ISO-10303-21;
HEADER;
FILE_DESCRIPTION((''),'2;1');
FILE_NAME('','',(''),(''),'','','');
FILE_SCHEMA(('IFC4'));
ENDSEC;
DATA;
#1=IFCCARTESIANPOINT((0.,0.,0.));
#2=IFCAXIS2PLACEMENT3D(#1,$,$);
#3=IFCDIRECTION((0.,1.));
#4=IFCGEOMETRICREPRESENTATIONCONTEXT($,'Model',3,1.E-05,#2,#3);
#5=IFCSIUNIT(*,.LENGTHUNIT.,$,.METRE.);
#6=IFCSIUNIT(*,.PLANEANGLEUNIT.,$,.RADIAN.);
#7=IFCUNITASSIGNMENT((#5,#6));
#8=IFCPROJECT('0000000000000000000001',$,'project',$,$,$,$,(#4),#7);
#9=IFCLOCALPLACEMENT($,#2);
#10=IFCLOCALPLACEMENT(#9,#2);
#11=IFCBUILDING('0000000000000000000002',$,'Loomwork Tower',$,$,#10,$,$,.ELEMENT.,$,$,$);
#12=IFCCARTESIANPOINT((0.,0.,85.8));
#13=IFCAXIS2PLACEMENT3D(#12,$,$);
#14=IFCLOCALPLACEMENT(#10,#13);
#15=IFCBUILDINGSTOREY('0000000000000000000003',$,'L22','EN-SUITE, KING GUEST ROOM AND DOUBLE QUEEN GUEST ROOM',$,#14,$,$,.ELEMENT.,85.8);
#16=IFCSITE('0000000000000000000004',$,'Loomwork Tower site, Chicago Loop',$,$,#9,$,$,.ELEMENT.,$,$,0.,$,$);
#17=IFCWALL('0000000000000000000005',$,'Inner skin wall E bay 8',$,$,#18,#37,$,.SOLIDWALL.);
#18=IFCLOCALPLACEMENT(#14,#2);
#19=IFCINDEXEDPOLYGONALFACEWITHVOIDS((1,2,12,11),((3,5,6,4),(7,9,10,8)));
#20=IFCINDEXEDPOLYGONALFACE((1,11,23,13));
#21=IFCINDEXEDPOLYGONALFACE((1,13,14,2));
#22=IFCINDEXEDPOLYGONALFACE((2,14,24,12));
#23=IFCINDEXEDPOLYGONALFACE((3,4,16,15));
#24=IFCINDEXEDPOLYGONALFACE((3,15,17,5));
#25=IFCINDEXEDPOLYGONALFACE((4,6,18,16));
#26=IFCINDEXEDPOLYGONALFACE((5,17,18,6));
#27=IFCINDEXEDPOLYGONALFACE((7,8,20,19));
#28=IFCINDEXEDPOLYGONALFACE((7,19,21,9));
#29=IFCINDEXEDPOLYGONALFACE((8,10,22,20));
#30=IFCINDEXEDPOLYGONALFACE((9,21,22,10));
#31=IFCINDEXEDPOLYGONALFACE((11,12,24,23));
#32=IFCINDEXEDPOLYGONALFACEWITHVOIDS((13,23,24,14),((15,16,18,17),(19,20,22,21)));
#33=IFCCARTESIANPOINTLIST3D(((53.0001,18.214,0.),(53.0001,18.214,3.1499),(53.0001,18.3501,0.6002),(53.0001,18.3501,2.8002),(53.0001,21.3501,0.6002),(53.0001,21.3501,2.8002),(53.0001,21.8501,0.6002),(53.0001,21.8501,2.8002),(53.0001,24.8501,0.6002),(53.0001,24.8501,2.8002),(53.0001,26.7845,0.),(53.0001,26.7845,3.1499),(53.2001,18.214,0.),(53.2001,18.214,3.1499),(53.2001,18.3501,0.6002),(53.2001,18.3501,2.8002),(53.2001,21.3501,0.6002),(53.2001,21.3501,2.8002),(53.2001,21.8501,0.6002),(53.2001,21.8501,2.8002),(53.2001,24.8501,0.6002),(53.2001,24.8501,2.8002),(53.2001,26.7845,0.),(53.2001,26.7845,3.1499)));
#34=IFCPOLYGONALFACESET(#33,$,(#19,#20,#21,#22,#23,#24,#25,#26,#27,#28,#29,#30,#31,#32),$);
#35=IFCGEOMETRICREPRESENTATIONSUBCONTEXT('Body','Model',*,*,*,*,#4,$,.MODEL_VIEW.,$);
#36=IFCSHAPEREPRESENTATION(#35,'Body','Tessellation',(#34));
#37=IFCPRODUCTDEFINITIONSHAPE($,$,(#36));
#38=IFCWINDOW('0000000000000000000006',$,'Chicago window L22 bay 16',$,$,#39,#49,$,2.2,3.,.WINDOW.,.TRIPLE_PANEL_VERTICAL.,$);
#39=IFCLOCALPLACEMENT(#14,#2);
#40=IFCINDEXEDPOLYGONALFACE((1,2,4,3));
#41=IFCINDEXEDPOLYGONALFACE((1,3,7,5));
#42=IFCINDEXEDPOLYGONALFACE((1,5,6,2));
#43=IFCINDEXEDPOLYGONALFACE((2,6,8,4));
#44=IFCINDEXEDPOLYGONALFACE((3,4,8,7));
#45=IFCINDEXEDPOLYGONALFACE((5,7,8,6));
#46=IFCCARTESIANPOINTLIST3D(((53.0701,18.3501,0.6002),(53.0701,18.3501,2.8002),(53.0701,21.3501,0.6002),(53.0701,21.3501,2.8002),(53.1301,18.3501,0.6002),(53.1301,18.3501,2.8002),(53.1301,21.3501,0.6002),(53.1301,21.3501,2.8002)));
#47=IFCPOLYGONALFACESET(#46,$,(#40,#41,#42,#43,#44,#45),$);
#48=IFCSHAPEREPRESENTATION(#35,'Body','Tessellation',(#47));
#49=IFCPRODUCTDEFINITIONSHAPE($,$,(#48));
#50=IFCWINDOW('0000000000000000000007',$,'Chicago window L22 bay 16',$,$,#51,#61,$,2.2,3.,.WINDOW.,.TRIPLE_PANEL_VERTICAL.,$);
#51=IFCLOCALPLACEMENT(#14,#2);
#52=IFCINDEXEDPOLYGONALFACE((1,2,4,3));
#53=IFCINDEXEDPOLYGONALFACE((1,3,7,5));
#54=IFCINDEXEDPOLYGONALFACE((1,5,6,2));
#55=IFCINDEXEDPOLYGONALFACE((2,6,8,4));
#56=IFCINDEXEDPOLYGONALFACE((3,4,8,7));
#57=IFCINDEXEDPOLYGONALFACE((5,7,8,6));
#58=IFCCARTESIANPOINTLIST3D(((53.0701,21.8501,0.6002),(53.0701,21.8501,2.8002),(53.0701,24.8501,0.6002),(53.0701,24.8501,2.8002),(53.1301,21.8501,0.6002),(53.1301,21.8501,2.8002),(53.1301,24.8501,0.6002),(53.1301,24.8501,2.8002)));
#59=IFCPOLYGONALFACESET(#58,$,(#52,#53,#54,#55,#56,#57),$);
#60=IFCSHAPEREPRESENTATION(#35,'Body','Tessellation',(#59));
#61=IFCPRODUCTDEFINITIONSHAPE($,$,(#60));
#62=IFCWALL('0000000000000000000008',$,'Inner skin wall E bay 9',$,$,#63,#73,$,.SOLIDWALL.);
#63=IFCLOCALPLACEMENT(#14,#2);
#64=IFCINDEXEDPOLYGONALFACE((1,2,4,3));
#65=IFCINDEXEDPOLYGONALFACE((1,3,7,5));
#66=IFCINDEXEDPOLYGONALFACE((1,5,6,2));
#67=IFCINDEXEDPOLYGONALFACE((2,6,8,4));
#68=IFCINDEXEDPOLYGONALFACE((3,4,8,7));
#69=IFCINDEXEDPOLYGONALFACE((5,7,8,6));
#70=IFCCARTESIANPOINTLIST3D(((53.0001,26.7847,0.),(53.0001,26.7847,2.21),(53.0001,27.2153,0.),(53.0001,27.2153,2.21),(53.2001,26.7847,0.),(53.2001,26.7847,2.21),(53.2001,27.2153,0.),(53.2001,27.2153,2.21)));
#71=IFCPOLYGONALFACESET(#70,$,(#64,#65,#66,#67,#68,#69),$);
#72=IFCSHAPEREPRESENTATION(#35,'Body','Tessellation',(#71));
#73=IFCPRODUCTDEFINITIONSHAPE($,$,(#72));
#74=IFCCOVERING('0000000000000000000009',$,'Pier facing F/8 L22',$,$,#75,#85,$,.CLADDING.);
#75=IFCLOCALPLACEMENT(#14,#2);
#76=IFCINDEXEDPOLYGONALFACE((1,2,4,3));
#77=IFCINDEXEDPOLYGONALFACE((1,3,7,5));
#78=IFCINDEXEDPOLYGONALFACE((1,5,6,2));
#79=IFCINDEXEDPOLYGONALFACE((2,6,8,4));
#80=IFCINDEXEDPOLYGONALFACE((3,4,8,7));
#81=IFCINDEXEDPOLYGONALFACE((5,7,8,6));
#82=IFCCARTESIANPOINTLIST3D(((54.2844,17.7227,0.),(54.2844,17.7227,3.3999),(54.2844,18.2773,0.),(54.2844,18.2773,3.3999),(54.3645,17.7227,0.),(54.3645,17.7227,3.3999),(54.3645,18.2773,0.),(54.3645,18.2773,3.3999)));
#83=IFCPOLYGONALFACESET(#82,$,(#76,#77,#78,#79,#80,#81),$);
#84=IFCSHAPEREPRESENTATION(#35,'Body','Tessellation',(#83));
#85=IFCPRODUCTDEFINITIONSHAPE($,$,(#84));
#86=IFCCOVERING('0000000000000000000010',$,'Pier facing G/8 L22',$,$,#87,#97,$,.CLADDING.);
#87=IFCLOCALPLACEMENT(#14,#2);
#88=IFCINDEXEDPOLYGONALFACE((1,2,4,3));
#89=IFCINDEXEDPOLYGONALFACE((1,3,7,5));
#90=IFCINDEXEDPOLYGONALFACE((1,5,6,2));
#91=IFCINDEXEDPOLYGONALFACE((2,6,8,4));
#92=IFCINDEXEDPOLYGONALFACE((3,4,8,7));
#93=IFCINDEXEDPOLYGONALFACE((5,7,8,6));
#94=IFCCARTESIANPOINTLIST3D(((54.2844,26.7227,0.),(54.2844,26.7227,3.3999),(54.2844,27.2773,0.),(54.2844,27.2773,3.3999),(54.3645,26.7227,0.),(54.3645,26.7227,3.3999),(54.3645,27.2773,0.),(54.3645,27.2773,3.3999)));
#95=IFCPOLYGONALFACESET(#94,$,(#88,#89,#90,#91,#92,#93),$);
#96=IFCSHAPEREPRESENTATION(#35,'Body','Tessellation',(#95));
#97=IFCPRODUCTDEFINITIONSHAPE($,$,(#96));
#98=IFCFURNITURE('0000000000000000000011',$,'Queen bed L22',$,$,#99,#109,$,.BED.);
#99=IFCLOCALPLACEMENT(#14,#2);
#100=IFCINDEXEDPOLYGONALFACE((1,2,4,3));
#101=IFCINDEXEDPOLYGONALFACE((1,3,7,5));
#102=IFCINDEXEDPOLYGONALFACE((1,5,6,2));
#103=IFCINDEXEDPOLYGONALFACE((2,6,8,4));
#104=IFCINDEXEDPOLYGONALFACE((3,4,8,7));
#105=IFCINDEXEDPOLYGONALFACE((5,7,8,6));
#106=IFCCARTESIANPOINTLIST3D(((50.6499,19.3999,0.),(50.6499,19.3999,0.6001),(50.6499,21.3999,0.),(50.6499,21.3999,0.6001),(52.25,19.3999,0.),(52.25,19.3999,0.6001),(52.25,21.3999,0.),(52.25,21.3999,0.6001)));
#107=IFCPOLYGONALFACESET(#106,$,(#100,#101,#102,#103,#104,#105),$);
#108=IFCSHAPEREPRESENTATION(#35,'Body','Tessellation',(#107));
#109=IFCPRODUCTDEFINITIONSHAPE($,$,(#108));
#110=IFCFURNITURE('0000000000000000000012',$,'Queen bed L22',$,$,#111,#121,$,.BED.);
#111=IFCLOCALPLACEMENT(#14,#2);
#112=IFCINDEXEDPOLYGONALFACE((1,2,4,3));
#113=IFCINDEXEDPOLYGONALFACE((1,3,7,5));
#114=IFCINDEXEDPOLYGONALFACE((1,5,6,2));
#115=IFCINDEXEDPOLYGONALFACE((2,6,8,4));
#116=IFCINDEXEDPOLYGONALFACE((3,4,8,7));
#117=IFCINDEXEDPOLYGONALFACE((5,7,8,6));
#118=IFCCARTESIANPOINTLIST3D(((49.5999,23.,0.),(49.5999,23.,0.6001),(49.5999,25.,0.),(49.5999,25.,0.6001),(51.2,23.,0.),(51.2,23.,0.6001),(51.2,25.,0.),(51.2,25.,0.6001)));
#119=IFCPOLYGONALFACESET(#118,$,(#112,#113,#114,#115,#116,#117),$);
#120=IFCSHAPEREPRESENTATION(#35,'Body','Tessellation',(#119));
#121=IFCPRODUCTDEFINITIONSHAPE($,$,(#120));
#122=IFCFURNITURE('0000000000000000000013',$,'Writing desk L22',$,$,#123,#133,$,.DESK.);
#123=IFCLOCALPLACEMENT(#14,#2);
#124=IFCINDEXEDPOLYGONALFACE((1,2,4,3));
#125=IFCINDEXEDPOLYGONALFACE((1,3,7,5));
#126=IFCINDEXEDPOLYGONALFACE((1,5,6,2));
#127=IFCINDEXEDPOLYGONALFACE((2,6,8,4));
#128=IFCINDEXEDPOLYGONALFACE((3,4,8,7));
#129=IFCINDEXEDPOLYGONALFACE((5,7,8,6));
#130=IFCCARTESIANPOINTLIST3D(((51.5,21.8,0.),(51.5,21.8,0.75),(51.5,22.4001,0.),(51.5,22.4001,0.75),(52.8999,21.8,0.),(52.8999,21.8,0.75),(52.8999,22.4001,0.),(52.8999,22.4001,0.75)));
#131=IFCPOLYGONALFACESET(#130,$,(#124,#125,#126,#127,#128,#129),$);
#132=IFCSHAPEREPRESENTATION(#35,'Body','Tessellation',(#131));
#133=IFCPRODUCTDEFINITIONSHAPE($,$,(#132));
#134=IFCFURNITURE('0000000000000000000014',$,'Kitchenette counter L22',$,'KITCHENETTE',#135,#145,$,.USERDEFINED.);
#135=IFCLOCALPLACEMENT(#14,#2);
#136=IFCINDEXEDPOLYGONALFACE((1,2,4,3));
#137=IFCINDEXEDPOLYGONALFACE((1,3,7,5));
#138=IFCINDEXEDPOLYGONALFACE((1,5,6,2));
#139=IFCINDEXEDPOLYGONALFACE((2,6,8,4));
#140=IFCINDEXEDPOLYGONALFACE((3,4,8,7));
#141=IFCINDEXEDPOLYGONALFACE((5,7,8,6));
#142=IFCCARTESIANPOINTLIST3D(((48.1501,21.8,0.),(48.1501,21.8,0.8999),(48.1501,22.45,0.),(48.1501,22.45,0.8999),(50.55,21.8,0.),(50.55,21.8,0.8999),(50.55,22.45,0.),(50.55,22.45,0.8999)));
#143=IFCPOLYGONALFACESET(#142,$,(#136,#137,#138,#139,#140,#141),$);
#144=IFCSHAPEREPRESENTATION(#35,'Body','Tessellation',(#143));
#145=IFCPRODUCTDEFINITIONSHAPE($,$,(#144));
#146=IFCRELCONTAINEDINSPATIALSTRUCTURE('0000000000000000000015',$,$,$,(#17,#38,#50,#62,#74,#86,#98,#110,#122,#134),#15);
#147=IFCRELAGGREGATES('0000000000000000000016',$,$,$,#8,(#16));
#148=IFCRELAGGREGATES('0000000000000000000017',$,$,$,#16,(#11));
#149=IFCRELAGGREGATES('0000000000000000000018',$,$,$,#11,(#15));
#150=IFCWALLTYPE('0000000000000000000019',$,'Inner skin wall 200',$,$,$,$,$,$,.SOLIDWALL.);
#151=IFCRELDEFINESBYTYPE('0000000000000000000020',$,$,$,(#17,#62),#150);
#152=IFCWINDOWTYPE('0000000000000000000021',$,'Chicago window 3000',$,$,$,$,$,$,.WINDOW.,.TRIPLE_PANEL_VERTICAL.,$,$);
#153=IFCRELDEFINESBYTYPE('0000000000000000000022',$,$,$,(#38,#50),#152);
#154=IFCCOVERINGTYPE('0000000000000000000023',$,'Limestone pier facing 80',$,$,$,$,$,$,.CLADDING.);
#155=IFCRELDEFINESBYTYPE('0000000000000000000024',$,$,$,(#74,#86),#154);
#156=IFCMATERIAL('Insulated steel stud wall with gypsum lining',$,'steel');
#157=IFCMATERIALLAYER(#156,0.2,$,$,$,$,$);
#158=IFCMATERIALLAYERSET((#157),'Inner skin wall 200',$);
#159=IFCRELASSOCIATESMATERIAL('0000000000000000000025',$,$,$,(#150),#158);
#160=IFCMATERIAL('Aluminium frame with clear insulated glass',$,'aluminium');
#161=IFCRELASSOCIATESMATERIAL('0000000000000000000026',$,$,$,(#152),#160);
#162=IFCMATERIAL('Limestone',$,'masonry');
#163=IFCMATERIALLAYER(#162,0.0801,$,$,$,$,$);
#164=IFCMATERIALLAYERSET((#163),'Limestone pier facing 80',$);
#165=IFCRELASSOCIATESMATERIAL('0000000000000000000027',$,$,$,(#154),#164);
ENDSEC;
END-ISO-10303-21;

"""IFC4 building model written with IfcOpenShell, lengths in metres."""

from ifc_helpers import new_model, si_unit, direction, frame, frame_2d, origin, origin_2d, place, context, subcontext, project, spatial, rectangle, extrude, material, layer, layer_set, type_object, element, fill, save


model = new_model("IFC4")

# Units and contexts
model_context = context("Model", 3, precision=1e-05, world=origin(), true_north=direction((0.0, 1.0)))
body_context = subcontext(model_context, "Body", "Model", "MODEL_VIEW")
ifc_project = project(units=[si_unit("LENGTHUNIT", "METRE"), si_unit("PLANEANGLEUNIT", "RADIAN")], contexts=[model_context])

# Site, building, storey
site_placement = place(None, origin())
site = spatial("IfcSite", under=ifc_project, at=site_placement, Name="Loomwork Tower site, Chicago Loop", CompositionType="ELEMENT", RefElevation=0.0)
building_placement = place(site_placement, origin())
building = spatial("IfcBuilding", under=site, at=building_placement, Name="Loomwork Tower", CompositionType="ELEMENT")
storey_placement = place(building_placement, frame((0.0, 0.0, 85.8)))
storey = spatial("IfcBuildingStorey", under=building, at=storey_placement, Name="L22", Description="EN-SUITE, KING GUEST ROOM AND DOUBLE QUEEN GUEST ROOM", CompositionType="ELEMENT", Elevation=85.8)

# Wall, openings, windows
ifc_material_1 = material(Name="Insulated steel stud wall with gypsum lining", Category="steel")
ifc_layer_1 = layer(ifc_material_1, 0.2)
ifc_layer_set_1 = layer_set([ifc_layer_1], Name="Inner skin wall 200")
wall_type = type_object("IfcWallType", Name="Inner skin wall 200", PredefinedType="SOLIDWALL", material=ifc_layer_set_1)
wall_1_placement = place(storey_placement, frame((53.1001, 18.2141, 0.0), z_axis=(0.0, 0.0, 1.0), x_axis=(0.0, 1.0, 0.0)))
wall_1 = element("IfcWall", 1, at=wall_1_placement, inside=storey, type_object=wall_type, Name="Inner skin wall E bay 8", PredefinedType="SOLIDWALL", context=body_context, shape_type="SweptSolid", body=[
    extrude(rectangle(XDim=8.5706, YDim=0.2, at=frame_2d((4.2852, 0.0))), origin(), (0.0, 0.0, 1.0), 3.1499),
])
opening_1_placement = place(wall_1_placement, frame((0.136, 0.0, 0.6001)))
opening_1 = element("IfcOpeningElement", 2, at=opening_1_placement, cuts=wall_1, PredefinedType="OPENING", context=body_context, shape_type="SweptSolid", body=[
    extrude(rectangle(XDim=3.0, YDim=2.2, at=frame_2d((1.5, 1.1001))), frame((0.0, 0.1099, 0.0), z_axis=(0.0, -1.0, 0.0), x_axis=(1.0, 0.0, 0.0)), (0.0, 0.0, 1.0), 0.22),
])
opening_2_placement = place(wall_1_placement, frame((3.636, 0.0, 0.6001)))
opening_2 = element("IfcOpeningElement", 3, at=opening_2_placement, cuts=wall_1, PredefinedType="OPENING", context=body_context, shape_type="SweptSolid", body=[
    extrude(rectangle(XDim=3.0, YDim=2.2, at=frame_2d((1.5, 1.1001))), frame((0.0, 0.1099, 0.0), z_axis=(0.0, -1.0, 0.0), x_axis=(1.0, 0.0, 0.0)), (0.0, 0.0, 1.0), 0.22),
])
ifc_material_2 = material(Name="Aluminium frame with clear insulated glass", Category="aluminium")
window_type = type_object("IfcWindowType", Name="Chicago window 3000", PartitioningType="TRIPLE_PANEL_VERTICAL", PredefinedType="WINDOW", material=ifc_material_2)
window_1_placement = place(opening_1_placement, origin())
window_1 = element("IfcWindow", 4, at=window_1_placement, inside=storey, type_object=window_type, Name="Chicago window L22 bay 16", OverallHeight=2.2, OverallWidth=3.0, PartitioningType="TRIPLE_PANEL_VERTICAL", PredefinedType="WINDOW", context=body_context, shape_type="SweptSolid", body=[
    extrude(rectangle(XDim=3.0, YDim=2.2, at=frame_2d((1.5, 1.1001))), frame((0.0, 0.03, 0.0), z_axis=(0.0, -1.0, 0.0), x_axis=(1.0, 0.0, 0.0)), (0.0, 0.0, 1.0), 0.0601),
])
fill(opening_1, window_1)
window_2_placement = place(opening_2_placement, origin())
window_2 = element("IfcWindow", 5, at=window_2_placement, inside=storey, type_object=window_type, Name="Chicago window L22 bay 16", OverallHeight=2.2, OverallWidth=3.0, PartitioningType="TRIPLE_PANEL_VERTICAL", PredefinedType="WINDOW", context=body_context, shape_type="SweptSolid", body=[
    extrude(rectangle(XDim=3.0, YDim=2.2, at=frame_2d((1.5, 1.1001))), frame((0.0, 0.03, 0.0), z_axis=(0.0, -1.0, 0.0), x_axis=(1.0, 0.0, 0.0)), (0.0, 0.0, 1.0), 0.0601),
])
fill(opening_2, window_2)

# Wall
wall_2_placement = place(storey_placement, frame((53.1001, 26.7847, 0.0), z_axis=(0.0, 0.0, 1.0), x_axis=(0.0, 1.0, 0.0)))
element("IfcWall", 6, at=wall_2_placement, inside=storey, type_object=wall_type, Name="Inner skin wall E bay 9", PredefinedType="SOLIDWALL", context=body_context, shape_type="SweptSolid", body=[
    extrude(rectangle(XDim=0.4307, YDim=0.2, at=frame_2d((0.2153, 0.0))), origin(), (0.0, 0.0, 1.0), 2.21),
])

# Coverings
ifc_material_3 = material(Name="Limestone", Category="masonry")
ifc_layer_2 = layer(ifc_material_3, 0.0801)
ifc_layer_set_2 = layer_set([ifc_layer_2], Name="Limestone pier facing 80")
covering_type = type_object("IfcCoveringType", Name="Limestone pier facing 80", PredefinedType="CLADDING", material=ifc_layer_set_2)
for number, where, z_axis, x_axis, name in (
    (7, (54.3245, 18.0, 0.0), (0.0, 0.0, 1.0), (1.0, 0.0, 0.0), "Pier facing F/8 L22"),
    (8, (54.3245, 27.0, 0.0), (0.0, 0.0, 1.0), (1.0, 0.0, 0.0), "Pier facing G/8 L22"),
):
    element("IfcCovering", number, at=place(storey_placement, frame(where, z_axis=z_axis, x_axis=x_axis)), inside=storey, type_object=covering_type, Name=name, PredefinedType="CLADDING", context=body_context, shape_type="SweptSolid", body=[
        extrude(rectangle(XDim=0.0801, YDim=0.5547, at=origin_2d()), origin(), (0.0, 0.0, 1.0), 3.3999),
    ])

# Furniture
for number, where, z_axis, x_axis, name in (
    (9, (51.45, 20.3999, 0.0), (0.0, 0.0, 1.0), (1.0, 0.0, 0.0), "Queen bed L22"),
    (10, (50.3999, 24.0, 0.0), (0.0, 0.0, 1.0), (1.0, 0.0, 0.0), "Queen bed L22"),
):
    element("IfcFurniture", number, at=place(storey_placement, frame(where, z_axis=z_axis, x_axis=x_axis)), inside=storey, Name=name, PredefinedType="BED", context=body_context, shape_type="SweptSolid", body=[
        extrude(rectangle(XDim=1.6001, YDim=2.0, at=origin_2d()), origin(), (0.0, 0.0, 1.0), 0.6001),
    ])
furniture_1_placement = place(storey_placement, frame((52.2, 22.1001, 0.0), z_axis=(0.0, 0.0, 1.0), x_axis=(1.0, 0.0, 0.0)))
element("IfcFurniture", 11, at=furniture_1_placement, inside=storey, Name="Writing desk L22", PredefinedType="DESK", context=body_context, shape_type="SweptSolid", body=[
    extrude(rectangle(XDim=1.3999, YDim=0.6001, at=origin_2d()), origin(), (0.0, 0.0, 1.0), 0.75),
])
furniture_2_placement = place(storey_placement, frame((49.3501, 22.125, 0.0), z_axis=(0.0, 0.0, 1.0), x_axis=(1.0, 0.0, 0.0)))
element("IfcFurniture", 12, at=furniture_2_placement, inside=storey, Name="Kitchenette counter L22", ObjectType="KITCHENETTE", PredefinedType="USERDEFINED", context=body_context, shape_type="SweptSolid", body=[
    extrude(rectangle(XDim=2.3999, YDim=0.6499, at=origin_2d()), origin(), (0.0, 0.0, 1.0), 0.8999),
])

save(model, "model.ifc")
